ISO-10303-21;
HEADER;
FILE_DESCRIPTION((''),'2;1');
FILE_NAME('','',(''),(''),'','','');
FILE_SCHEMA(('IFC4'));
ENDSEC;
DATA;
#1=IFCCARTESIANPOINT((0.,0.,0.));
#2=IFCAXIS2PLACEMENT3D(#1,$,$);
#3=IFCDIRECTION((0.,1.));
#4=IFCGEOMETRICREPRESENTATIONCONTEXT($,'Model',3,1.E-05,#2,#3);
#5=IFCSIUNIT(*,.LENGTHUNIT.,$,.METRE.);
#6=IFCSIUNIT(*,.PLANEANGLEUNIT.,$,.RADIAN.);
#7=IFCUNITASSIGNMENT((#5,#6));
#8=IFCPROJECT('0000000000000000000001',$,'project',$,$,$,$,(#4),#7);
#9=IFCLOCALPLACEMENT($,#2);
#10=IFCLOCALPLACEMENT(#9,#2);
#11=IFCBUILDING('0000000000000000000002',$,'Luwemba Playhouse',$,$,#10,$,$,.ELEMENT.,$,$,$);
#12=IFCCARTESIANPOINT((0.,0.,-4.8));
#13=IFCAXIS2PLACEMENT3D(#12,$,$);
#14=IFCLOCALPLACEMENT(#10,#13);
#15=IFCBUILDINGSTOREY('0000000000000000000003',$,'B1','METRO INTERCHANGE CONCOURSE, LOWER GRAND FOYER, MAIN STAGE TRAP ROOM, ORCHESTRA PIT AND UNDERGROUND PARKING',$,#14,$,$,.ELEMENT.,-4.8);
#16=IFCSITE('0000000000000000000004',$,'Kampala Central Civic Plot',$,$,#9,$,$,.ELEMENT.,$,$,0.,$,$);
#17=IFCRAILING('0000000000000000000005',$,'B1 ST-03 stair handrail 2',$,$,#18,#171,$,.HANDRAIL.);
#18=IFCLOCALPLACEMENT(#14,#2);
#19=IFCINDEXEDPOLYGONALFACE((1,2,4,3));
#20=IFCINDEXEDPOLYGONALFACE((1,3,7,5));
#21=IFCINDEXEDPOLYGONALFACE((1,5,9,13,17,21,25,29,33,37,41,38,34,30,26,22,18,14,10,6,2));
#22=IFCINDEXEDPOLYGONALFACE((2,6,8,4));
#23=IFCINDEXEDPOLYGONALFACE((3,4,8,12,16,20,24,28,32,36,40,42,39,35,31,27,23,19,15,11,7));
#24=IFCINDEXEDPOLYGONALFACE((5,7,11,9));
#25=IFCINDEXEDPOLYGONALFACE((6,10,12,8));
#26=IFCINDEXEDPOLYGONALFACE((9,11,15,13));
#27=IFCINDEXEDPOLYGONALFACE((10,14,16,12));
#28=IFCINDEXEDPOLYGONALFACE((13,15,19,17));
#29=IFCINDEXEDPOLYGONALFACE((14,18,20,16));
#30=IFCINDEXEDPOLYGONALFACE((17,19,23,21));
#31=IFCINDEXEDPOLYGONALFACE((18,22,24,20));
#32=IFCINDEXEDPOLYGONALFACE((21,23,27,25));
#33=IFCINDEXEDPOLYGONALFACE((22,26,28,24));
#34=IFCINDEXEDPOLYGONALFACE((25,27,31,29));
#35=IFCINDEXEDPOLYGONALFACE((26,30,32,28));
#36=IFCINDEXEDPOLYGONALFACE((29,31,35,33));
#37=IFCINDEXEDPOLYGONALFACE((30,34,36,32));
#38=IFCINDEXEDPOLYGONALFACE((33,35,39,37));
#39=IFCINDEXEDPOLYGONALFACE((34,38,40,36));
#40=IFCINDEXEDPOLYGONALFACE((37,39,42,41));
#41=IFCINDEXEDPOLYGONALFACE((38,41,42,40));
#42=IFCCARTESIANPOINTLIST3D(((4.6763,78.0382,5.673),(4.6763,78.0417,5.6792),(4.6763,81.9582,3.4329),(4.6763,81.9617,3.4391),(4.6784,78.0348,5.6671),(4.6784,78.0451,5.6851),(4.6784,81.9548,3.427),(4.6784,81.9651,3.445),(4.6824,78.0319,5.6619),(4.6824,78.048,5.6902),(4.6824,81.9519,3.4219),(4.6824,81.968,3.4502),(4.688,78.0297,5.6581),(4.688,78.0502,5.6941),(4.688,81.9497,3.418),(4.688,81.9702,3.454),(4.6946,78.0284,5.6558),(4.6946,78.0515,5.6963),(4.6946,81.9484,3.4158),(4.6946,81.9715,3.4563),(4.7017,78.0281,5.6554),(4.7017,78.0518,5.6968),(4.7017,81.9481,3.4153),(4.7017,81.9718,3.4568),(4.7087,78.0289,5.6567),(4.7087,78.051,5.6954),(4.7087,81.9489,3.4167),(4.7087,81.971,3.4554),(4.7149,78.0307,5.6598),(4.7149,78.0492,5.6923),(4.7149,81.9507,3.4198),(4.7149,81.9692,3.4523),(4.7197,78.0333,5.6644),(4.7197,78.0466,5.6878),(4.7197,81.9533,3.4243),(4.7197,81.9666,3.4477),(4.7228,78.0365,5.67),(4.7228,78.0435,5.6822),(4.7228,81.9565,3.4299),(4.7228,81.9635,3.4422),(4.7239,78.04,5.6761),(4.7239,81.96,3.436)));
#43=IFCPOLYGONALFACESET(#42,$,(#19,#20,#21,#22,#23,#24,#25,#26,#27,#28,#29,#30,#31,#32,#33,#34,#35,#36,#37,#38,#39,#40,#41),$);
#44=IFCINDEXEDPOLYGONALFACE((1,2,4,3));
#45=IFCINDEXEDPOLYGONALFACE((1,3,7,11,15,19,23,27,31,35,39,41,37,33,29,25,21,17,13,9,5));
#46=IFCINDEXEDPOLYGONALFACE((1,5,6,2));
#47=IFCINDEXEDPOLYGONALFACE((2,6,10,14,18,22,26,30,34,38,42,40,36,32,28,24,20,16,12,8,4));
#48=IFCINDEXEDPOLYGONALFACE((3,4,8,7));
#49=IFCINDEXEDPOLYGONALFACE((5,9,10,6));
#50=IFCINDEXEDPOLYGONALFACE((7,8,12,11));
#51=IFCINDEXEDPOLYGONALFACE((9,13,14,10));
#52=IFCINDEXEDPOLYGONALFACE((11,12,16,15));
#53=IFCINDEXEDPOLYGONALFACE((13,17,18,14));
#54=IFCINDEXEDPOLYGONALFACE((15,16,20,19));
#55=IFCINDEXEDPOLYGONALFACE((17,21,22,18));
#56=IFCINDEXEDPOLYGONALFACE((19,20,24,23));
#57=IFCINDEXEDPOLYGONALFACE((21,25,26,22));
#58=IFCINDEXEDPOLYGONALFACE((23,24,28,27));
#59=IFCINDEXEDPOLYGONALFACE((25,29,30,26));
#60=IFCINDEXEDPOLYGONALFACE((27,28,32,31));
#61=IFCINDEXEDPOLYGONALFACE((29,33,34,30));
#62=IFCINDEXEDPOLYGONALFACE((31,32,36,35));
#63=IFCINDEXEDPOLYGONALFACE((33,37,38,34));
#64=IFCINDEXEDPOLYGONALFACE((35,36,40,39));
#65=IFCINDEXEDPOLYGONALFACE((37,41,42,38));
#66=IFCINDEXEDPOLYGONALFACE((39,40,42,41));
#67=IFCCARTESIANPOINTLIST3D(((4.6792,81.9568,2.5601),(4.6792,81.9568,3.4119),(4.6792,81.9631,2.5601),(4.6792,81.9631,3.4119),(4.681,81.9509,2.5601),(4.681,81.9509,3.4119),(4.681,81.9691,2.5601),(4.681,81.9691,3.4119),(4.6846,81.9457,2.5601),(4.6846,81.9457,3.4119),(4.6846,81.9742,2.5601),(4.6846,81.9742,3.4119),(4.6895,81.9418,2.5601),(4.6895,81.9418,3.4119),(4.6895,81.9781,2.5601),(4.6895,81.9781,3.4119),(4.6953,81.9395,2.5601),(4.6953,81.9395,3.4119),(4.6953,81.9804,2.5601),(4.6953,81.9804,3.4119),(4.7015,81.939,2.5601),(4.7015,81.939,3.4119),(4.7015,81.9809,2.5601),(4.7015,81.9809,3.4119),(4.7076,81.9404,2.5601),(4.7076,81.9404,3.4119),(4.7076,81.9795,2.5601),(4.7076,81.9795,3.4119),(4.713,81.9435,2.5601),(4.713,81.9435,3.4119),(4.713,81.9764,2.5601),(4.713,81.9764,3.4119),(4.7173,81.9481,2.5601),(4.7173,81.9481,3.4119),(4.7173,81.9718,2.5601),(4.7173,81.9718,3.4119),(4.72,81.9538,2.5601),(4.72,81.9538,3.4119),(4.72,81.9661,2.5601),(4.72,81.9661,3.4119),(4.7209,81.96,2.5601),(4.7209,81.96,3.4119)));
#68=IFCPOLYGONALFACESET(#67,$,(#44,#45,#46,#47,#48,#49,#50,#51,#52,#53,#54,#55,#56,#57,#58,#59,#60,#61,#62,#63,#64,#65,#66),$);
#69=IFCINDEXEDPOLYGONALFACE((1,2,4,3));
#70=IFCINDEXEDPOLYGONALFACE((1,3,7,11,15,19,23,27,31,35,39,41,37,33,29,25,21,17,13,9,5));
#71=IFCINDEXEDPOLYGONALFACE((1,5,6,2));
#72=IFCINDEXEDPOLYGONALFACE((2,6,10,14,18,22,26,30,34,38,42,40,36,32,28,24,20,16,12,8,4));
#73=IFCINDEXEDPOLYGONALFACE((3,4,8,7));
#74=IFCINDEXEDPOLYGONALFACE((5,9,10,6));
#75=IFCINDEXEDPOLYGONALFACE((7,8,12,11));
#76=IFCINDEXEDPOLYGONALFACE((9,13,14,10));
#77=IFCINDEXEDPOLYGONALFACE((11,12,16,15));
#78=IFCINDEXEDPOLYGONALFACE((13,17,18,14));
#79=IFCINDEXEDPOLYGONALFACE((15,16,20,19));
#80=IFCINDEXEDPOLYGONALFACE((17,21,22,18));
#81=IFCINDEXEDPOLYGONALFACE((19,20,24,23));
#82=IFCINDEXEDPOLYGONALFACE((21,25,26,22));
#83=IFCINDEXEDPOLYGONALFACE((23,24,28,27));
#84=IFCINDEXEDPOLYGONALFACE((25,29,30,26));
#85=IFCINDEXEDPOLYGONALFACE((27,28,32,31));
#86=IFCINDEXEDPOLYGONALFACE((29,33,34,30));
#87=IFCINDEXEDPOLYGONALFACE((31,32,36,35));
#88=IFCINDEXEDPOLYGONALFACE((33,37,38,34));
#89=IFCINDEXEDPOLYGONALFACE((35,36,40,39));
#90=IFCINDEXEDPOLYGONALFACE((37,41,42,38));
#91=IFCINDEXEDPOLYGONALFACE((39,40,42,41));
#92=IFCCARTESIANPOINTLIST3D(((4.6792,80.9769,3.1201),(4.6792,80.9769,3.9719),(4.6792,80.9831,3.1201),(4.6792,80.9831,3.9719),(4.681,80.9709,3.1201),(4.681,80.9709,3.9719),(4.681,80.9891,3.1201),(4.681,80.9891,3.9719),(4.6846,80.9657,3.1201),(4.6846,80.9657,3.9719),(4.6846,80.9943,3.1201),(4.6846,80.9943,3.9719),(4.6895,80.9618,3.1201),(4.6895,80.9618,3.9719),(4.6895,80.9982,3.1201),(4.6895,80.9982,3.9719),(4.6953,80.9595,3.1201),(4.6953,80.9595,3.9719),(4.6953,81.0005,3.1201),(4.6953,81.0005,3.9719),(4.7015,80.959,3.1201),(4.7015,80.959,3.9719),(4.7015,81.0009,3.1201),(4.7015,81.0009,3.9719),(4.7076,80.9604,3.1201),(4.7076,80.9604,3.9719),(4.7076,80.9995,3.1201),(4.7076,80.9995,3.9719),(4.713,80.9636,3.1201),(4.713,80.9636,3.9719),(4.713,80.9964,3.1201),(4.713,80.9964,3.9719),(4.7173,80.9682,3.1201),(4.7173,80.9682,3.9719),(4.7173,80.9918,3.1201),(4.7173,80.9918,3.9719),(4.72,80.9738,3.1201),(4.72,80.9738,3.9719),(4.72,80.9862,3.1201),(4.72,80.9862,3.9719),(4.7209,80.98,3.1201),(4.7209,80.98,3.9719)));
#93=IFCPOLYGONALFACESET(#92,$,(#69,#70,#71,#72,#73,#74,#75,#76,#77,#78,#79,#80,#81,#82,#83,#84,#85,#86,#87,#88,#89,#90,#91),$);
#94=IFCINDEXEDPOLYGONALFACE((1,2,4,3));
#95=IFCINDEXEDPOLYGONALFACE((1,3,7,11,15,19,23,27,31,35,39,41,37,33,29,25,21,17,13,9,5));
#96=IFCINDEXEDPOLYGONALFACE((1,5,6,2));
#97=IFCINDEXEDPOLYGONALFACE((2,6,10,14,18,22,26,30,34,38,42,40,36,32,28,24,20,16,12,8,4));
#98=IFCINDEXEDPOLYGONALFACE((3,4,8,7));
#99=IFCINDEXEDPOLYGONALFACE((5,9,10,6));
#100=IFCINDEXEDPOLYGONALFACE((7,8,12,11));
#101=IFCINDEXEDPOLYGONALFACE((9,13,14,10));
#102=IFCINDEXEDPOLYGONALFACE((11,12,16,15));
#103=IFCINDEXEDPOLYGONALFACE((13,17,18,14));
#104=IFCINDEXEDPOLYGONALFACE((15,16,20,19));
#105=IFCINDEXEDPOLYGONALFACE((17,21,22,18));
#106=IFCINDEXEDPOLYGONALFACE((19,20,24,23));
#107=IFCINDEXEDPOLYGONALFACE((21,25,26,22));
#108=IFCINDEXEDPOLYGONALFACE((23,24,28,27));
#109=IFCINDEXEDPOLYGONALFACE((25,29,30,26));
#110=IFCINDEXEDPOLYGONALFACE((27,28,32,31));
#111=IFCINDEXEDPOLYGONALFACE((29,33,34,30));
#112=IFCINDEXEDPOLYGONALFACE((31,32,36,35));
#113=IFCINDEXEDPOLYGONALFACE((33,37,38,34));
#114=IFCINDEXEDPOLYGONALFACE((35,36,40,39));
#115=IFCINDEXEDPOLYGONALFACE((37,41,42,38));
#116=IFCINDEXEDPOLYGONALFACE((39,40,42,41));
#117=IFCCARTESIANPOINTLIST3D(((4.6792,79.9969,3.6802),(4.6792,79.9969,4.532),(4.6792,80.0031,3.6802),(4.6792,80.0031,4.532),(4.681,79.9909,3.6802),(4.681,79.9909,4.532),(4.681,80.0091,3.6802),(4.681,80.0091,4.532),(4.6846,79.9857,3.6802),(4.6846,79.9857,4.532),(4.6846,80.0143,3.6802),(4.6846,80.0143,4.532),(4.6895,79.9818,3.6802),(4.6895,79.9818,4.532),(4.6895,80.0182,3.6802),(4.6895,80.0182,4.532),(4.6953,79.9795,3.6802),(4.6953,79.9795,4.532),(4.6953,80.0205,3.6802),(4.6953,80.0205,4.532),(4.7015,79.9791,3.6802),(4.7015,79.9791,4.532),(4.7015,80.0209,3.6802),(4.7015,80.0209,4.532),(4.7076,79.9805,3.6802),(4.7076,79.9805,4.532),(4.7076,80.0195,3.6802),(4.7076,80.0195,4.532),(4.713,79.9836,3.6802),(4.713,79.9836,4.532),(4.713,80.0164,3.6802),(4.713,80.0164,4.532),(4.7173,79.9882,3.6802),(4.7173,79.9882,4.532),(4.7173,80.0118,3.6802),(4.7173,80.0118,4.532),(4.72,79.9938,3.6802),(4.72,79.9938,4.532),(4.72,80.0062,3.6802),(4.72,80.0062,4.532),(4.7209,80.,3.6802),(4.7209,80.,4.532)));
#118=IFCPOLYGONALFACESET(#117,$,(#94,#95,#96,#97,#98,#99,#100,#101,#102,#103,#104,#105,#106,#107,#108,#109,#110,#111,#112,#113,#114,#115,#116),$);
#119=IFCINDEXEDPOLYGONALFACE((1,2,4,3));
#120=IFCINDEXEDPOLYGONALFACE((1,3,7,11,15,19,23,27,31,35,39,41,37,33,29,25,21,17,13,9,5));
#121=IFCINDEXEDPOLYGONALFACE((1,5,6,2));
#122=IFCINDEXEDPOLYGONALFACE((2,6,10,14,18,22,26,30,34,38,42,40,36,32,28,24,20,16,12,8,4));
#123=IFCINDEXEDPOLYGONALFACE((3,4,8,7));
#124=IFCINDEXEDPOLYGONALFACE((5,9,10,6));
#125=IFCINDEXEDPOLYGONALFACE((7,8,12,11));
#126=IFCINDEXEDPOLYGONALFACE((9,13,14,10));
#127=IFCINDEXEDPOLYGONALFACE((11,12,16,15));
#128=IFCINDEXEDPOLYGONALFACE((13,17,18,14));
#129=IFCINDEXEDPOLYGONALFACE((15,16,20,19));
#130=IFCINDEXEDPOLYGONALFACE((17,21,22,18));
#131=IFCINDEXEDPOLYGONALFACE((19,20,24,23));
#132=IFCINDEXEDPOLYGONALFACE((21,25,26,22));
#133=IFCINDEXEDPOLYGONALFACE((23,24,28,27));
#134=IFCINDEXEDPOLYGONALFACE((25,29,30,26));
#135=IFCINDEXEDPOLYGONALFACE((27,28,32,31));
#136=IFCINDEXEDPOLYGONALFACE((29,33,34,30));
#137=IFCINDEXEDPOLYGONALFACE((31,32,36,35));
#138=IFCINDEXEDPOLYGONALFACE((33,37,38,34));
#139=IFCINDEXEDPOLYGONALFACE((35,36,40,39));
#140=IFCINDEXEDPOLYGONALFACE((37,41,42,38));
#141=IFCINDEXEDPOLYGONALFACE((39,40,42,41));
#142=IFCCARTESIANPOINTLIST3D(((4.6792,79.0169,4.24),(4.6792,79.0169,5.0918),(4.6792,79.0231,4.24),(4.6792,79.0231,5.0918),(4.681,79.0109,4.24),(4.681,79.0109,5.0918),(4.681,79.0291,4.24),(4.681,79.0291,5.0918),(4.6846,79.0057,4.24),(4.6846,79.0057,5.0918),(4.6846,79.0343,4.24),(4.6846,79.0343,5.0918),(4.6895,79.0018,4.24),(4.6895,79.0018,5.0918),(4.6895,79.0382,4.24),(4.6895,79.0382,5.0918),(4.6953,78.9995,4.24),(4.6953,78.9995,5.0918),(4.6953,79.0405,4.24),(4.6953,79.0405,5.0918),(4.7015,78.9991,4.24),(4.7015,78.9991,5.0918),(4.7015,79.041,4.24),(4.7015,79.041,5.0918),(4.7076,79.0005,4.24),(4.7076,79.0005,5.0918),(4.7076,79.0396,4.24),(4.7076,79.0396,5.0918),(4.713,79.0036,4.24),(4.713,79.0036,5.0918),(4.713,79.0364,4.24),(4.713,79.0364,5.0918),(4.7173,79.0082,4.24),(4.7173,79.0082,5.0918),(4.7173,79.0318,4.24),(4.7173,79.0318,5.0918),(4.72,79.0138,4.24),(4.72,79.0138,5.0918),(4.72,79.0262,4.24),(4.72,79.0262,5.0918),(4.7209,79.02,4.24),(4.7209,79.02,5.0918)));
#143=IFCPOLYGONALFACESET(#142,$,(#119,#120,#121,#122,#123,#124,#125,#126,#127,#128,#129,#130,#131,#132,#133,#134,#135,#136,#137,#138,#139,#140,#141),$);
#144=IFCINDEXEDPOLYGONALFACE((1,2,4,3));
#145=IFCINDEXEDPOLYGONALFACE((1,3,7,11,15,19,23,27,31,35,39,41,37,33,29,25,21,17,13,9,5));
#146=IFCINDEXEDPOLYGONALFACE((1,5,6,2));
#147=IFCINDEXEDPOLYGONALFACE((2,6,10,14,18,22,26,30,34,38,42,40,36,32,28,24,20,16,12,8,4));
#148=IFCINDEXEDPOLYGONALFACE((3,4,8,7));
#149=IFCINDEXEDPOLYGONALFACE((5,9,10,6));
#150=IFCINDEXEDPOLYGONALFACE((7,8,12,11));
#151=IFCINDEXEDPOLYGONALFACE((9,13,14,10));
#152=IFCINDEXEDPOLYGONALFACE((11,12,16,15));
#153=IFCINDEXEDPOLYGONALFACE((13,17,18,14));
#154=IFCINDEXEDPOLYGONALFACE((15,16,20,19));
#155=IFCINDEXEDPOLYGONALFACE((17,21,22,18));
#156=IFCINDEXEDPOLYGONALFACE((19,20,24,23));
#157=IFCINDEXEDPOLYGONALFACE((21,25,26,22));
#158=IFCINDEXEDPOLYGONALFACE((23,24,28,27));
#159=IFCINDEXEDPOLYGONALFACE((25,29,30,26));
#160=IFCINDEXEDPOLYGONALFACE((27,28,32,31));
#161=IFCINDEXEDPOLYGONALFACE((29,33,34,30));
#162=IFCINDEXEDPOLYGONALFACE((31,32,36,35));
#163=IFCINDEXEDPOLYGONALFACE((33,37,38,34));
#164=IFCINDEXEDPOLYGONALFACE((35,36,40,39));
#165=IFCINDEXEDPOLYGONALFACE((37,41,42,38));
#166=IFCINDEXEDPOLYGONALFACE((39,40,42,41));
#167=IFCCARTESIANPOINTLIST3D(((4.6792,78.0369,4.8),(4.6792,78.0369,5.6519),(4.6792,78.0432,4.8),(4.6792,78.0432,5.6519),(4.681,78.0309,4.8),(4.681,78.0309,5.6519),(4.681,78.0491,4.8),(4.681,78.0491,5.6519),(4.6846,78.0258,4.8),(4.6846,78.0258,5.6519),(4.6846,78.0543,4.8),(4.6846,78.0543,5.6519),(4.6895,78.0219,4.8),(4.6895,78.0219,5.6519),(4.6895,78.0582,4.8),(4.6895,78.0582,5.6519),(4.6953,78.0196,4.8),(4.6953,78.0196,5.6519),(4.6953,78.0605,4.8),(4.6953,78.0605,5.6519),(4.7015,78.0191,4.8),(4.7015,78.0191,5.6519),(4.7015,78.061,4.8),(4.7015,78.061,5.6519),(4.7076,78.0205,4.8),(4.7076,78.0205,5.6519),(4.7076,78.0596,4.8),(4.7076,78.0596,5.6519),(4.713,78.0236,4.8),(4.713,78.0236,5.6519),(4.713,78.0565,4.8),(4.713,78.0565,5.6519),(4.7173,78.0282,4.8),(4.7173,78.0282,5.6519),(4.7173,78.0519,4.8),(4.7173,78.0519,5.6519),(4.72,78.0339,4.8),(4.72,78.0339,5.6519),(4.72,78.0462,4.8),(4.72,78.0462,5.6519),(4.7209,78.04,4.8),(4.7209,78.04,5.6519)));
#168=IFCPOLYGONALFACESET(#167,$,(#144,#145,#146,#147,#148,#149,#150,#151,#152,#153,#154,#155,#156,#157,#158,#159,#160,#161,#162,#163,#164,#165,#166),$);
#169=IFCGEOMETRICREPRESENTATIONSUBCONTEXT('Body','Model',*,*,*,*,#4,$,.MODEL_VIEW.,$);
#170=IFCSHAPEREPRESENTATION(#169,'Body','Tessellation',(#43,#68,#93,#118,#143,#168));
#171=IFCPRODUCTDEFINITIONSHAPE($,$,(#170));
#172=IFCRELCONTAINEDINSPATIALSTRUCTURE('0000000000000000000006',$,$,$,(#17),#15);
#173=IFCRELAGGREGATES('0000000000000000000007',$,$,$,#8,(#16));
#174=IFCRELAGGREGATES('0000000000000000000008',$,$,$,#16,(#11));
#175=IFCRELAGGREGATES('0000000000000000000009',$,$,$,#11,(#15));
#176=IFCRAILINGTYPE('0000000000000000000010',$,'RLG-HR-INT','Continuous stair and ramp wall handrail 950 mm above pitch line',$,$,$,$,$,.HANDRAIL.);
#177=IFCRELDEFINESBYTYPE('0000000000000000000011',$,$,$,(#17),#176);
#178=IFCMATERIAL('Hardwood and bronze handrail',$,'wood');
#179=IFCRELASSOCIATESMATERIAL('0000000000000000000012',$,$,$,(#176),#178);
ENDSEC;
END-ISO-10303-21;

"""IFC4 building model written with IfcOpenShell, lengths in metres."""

from ifc_helpers import new_model, si_unit, direction, frame, origin, origin_2d, place, context, subcontext, project, spatial, circle, extrude, material, type_object, element, save


model = new_model("IFC4")

# Units and contexts
model_context = context("Model", 3, precision=1e-05, world=origin(), true_north=direction((0.0, 1.0)))
body_context = subcontext(model_context, "Body", "Model", "MODEL_VIEW")
ifc_project = project(units=[si_unit("LENGTHUNIT", "METRE"), si_unit("PLANEANGLEUNIT", "RADIAN")], contexts=[model_context])

# Site, building, storey
site_placement = place(None, origin())
site = spatial("IfcSite", under=ifc_project, at=site_placement, Name="Kampala Central Civic Plot", CompositionType="ELEMENT", RefElevation=0.0)
building_placement = place(site_placement, origin())
building = spatial("IfcBuilding", under=site, at=building_placement, Name="Luwemba Playhouse", CompositionType="ELEMENT")
storey_placement = place(building_placement, frame((0.0, 0.0, -4.8)))
storey = spatial("IfcBuildingStorey", under=building, at=storey_placement, Name="B1", Description="METRO INTERCHANGE CONCOURSE, LOWER GRAND FOYER, MAIN STAGE TRAP ROOM, ORCHESTRA PIT AND UNDERGROUND PARKING", CompositionType="ELEMENT", Elevation=-4.8)

# Railing
ifc_material_1 = material(Name="Hardwood and bronze handrail", Category="wood")
railing_type_1 = type_object("IfcRailingType", Name="RLG-HR-INT", Description="Continuous stair and ramp wall handrail 950 mm above pitch line", PredefinedType="HANDRAIL", material=ifc_material_1)
railing_1_placement = place(storey_placement, frame((4.7, 81.96, 2.5601)))
element("IfcRailing", 1, at=railing_1_placement, inside=storey, type_object=railing_type_1, Name="B1 ST-03 stair handrail 2", PredefinedType="HANDRAIL", context=body_context, shape_type="SweptSolid", body=[
    extrude(circle(Radius=0.0239, at=origin_2d()), frame((0.0, 0.0, 0.876), z_axis=(0.0, -0.86824, 0.496145), x_axis=(1.0, 0.0, 0.0)), (0.0, 0.0, 1.0), 4.5149),
    extrude(circle(Radius=0.021, at=origin_2d()), origin(), (0.0, 0.0, 1.0), 0.8518),
    extrude(circle(Radius=0.021, at=origin_2d()), frame((0.0, -0.98, 0.5601)), (0.0, 0.0, 1.0), 0.8518),
    extrude(circle(Radius=0.021, at=origin_2d()), frame((0.0, -1.96, 1.1201)), (0.0, 0.0, 1.0), 0.8518),
    extrude(circle(Radius=0.021, at=origin_2d()), frame((0.0, -2.9399, 1.6799)), (0.0, 0.0, 1.0), 0.8518),
    extrude(circle(Radius=0.021, at=origin_2d()), frame((0.0, -3.9199, 2.24)), (0.0, 0.0, 1.0), 0.8518),
])

save(model, "model.ifc")
